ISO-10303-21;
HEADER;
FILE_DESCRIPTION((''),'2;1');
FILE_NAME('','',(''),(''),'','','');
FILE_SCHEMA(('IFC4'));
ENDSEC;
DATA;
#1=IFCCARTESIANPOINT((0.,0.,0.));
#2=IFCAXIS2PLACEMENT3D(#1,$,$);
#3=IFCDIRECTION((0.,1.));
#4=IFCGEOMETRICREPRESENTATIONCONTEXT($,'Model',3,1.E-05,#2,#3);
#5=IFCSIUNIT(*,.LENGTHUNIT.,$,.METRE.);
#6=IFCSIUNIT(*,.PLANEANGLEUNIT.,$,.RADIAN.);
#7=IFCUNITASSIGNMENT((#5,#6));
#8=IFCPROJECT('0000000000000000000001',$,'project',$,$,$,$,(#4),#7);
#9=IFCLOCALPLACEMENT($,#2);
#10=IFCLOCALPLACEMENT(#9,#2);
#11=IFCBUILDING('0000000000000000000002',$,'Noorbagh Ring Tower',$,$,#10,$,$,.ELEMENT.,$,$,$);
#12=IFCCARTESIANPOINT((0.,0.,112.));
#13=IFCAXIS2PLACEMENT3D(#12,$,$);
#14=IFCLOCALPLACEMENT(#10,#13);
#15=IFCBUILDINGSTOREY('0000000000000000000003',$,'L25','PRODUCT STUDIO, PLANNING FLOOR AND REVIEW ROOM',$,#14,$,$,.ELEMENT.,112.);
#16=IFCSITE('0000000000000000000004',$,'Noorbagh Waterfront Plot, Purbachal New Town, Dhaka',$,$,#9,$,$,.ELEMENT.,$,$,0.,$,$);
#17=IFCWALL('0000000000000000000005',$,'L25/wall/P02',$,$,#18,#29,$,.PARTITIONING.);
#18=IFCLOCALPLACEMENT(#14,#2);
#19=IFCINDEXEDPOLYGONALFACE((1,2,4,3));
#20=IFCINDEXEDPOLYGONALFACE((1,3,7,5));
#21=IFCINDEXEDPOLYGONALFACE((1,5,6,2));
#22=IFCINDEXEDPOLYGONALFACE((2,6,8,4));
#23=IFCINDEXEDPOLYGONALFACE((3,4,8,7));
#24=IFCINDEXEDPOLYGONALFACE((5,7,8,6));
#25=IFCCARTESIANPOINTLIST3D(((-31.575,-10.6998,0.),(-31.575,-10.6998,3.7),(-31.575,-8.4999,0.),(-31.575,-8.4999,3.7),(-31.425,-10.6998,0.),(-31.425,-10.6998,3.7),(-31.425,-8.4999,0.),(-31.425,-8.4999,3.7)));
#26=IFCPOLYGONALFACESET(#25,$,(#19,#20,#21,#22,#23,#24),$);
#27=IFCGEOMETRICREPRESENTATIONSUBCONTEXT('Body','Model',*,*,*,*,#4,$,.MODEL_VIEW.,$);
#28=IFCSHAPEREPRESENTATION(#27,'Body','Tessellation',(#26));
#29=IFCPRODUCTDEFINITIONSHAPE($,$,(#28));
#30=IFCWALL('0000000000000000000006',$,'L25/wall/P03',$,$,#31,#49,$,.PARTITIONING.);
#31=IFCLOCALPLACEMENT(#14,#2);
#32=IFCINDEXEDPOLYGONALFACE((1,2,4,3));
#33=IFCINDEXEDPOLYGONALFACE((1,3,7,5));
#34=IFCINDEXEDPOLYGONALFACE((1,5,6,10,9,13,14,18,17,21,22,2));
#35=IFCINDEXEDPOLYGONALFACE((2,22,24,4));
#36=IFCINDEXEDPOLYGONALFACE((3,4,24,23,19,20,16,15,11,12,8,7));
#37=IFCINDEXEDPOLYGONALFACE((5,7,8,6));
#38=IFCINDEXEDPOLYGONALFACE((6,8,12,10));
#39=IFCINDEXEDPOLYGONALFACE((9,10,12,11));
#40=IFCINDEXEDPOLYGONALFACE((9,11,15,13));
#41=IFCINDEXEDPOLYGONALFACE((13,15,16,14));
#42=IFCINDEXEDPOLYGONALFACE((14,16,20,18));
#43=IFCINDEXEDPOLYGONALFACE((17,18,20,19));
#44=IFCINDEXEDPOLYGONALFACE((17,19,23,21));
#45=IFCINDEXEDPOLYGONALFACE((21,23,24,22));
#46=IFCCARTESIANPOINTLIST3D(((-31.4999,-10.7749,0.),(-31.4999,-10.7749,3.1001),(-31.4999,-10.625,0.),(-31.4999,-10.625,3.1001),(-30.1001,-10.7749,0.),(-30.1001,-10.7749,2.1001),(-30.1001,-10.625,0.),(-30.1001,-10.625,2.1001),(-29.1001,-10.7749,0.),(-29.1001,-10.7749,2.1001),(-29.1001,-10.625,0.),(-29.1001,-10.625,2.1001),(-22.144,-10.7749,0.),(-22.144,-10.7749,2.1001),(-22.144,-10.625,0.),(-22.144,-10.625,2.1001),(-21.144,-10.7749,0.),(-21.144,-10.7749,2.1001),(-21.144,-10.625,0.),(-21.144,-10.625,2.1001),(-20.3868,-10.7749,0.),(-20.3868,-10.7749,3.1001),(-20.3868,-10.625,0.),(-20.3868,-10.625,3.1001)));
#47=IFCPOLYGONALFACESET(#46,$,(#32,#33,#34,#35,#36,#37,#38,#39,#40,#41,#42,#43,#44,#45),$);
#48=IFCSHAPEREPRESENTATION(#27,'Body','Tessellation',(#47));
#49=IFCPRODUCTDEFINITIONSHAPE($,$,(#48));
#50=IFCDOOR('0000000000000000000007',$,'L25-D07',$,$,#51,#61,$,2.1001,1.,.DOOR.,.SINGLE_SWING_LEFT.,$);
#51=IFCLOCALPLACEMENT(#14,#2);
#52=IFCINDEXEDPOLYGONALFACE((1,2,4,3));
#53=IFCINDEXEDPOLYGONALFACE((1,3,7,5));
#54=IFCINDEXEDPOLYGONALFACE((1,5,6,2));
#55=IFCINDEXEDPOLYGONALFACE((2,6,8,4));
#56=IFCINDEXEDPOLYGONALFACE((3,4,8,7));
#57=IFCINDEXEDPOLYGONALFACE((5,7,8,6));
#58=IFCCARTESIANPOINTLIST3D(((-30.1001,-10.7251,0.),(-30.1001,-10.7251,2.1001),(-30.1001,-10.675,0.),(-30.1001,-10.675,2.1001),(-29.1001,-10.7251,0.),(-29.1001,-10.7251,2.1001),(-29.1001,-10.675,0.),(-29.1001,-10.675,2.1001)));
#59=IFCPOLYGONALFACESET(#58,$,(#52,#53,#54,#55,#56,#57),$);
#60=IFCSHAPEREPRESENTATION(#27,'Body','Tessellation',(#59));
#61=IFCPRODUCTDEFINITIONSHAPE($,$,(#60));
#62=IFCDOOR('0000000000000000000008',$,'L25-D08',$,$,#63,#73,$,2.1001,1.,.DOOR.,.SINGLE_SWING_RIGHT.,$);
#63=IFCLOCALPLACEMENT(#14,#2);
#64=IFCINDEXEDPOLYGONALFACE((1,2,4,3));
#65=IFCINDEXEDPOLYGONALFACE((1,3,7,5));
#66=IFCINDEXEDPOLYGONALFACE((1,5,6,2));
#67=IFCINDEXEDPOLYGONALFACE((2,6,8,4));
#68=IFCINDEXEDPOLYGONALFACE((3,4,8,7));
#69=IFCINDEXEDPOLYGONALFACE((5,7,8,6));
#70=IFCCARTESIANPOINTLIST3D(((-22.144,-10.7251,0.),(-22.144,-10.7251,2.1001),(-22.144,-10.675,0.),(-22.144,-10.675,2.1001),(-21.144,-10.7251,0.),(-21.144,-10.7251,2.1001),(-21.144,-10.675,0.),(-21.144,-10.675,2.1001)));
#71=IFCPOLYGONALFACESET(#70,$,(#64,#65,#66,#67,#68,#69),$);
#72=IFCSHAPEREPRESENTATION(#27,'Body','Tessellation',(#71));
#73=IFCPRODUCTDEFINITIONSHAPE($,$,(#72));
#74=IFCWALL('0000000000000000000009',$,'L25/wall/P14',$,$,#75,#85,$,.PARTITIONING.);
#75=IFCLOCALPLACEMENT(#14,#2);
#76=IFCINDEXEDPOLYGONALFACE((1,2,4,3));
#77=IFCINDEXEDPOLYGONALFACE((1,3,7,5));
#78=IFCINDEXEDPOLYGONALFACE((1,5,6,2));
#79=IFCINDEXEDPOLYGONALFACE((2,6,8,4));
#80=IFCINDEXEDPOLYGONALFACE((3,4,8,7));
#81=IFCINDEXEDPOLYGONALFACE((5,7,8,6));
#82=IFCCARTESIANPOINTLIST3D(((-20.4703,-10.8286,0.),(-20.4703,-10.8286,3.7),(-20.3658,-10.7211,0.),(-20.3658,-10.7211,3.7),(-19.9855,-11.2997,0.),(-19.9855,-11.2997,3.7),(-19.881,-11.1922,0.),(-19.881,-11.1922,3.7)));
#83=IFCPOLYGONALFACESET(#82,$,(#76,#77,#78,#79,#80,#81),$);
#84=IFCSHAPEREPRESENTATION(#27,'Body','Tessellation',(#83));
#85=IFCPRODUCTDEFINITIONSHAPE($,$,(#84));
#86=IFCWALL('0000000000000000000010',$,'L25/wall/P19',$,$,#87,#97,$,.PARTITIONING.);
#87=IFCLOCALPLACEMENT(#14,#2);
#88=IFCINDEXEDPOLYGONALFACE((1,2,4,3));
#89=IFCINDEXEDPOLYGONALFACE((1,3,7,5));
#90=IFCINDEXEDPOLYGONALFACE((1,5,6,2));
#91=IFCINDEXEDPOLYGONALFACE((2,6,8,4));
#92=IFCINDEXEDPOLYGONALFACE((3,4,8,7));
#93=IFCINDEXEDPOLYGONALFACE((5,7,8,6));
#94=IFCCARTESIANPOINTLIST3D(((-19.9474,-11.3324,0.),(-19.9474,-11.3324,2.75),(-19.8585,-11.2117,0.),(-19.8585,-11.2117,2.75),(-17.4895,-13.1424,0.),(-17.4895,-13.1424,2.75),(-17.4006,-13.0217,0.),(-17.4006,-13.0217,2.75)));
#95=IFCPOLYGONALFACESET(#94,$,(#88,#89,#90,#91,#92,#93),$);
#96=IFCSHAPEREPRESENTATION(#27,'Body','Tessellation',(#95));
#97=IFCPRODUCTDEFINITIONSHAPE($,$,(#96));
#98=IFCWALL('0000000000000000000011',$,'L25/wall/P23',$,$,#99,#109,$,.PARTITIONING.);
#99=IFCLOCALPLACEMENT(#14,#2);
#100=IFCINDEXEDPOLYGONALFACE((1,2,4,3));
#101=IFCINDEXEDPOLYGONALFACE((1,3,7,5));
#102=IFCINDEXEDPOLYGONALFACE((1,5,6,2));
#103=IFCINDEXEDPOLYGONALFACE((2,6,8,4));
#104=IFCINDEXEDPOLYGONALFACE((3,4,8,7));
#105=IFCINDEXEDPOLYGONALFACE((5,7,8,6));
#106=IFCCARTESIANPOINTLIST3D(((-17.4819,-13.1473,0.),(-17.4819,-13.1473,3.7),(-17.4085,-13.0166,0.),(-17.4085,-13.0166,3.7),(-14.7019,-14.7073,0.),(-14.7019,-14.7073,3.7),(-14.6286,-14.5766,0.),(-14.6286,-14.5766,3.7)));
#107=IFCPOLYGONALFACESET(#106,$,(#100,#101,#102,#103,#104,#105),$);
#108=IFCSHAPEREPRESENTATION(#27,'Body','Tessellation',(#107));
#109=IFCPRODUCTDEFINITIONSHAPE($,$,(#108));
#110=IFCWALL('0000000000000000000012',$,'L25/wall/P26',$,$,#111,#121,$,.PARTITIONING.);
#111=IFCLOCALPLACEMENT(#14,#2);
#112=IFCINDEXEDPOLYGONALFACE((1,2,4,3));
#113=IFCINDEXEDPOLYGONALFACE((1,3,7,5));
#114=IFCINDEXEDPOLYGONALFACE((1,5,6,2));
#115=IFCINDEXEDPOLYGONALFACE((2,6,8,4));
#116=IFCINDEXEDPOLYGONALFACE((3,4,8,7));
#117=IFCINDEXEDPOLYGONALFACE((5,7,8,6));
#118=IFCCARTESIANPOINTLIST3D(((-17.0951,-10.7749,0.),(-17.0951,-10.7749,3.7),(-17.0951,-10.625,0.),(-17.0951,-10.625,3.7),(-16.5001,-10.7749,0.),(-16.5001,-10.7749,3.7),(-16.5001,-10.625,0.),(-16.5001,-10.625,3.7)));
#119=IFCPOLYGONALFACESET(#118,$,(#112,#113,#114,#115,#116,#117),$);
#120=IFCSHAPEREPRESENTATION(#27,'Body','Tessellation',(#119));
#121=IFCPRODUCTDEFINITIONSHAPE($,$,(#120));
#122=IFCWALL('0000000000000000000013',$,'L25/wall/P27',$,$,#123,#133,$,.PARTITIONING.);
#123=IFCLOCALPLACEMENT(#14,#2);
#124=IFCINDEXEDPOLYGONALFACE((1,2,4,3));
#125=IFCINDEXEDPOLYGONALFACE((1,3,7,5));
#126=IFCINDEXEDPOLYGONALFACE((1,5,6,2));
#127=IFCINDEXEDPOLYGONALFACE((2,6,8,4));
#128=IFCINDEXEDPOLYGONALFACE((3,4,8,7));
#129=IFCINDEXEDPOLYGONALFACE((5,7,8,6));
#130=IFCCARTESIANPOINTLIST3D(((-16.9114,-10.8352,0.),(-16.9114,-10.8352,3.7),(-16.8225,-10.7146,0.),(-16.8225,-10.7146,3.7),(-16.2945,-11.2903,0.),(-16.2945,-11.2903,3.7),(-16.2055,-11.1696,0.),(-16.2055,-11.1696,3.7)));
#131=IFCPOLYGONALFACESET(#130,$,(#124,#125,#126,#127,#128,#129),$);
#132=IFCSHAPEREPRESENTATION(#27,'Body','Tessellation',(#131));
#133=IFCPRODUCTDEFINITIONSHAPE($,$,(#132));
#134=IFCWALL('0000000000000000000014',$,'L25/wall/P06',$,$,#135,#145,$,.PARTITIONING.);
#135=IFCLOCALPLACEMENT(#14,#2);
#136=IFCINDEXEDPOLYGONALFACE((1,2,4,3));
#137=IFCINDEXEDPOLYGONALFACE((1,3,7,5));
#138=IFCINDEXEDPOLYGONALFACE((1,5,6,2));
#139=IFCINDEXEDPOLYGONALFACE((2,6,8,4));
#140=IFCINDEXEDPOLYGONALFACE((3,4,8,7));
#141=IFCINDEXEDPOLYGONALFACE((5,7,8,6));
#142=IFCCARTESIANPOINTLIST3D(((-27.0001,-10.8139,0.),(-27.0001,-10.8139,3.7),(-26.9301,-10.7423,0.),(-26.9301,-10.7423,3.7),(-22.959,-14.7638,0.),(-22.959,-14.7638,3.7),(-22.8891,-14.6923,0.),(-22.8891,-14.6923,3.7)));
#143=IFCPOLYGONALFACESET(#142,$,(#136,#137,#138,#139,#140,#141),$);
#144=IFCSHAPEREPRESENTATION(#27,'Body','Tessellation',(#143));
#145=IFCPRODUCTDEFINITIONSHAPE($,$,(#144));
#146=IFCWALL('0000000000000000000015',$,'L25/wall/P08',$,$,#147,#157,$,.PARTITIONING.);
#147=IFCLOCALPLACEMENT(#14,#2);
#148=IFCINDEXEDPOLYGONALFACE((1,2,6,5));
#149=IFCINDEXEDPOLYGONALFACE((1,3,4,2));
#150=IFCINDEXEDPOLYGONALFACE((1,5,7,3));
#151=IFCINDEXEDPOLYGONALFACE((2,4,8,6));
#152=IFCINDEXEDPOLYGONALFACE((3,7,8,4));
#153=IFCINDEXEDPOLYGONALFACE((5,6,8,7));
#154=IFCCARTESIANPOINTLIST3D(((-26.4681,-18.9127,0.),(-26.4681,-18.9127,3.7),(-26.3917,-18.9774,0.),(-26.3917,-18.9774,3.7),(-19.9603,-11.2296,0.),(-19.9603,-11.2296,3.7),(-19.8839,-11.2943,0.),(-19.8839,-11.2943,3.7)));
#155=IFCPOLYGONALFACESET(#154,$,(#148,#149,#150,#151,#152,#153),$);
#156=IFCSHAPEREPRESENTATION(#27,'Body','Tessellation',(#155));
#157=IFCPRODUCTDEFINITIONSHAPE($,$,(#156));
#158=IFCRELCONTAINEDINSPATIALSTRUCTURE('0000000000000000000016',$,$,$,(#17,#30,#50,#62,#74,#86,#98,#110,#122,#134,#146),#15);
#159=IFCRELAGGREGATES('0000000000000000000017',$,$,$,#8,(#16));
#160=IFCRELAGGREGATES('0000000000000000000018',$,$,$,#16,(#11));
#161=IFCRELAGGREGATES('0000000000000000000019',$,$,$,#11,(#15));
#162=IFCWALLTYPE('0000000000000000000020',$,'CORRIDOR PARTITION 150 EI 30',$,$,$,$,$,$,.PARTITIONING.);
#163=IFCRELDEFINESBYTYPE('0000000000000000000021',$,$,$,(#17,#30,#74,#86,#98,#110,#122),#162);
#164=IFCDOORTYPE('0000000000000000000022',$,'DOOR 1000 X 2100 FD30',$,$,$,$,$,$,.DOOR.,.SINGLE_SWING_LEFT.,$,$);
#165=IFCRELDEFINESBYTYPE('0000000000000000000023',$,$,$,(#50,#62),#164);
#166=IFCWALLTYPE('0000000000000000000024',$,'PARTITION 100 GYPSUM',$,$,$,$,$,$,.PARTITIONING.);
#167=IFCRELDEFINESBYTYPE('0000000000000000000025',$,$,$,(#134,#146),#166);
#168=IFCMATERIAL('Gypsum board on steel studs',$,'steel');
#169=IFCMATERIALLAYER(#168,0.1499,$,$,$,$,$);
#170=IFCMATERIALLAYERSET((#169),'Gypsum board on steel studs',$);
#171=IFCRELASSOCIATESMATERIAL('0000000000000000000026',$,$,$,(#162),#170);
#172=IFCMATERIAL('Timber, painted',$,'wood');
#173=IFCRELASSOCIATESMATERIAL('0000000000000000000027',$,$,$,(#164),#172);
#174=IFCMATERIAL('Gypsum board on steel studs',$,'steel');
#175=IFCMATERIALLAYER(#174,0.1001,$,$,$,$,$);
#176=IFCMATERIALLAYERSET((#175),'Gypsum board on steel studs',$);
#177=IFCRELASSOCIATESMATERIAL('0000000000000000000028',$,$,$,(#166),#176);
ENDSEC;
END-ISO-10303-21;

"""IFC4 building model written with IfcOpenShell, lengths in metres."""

from ifc_helpers import new_model, si_unit, direction, frame, frame_2d, origin, place, context, subcontext, project, spatial, rectangle, extrude, material, layer, layer_set, type_object, element, fill, save


model = new_model("IFC4")

# Units and contexts
model_context = context("Model", 3, precision=1e-05, world=origin(), true_north=direction((0.0, 1.0)))
body_context = subcontext(model_context, "Body", "Model", "MODEL_VIEW")
ifc_project = project(units=[si_unit("LENGTHUNIT", "METRE"), si_unit("PLANEANGLEUNIT", "RADIAN")], contexts=[model_context])

# Site, building, storey
site_placement = place(None, origin())
site = spatial("IfcSite", under=ifc_project, at=site_placement, Name="Noorbagh Waterfront Plot, Purbachal New Town, Dhaka", CompositionType="ELEMENT", RefElevation=0.0)
building_placement = place(site_placement, origin())
building = spatial("IfcBuilding", under=site, at=building_placement, Name="Noorbagh Ring Tower", CompositionType="ELEMENT")
storey_placement = place(building_placement, frame((0.0, 0.0, 112.0)))
storey = spatial("IfcBuildingStorey", under=building, at=storey_placement, Name="L25", Description="PRODUCT STUDIO, PLANNING FLOOR AND REVIEW ROOM", CompositionType="ELEMENT", Elevation=112.0)

# Wall
ifc_material_1 = material(Name="Gypsum board on steel studs", Category="steel")
ifc_layer_1 = layer(ifc_material_1, 0.1499)
ifc_layer_set_1 = layer_set([ifc_layer_1], Name="Gypsum board on steel studs")
wall_type_1 = type_object("IfcWallType", Name="CORRIDOR PARTITION 150 EI 30", PredefinedType="PARTITIONING", material=ifc_layer_set_1)
wall_1_placement = place(storey_placement, frame((-31.5, -10.7, 0.0), z_axis=(0.0, 0.0, 1.0), x_axis=(0.0, 1.0, 0.0)))
element("IfcWall", 1, at=wall_1_placement, inside=storey, type_object=wall_type_1, Name="L25/wall/P02", PredefinedType="PARTITIONING", context=body_context, shape_type="SweptSolid", body=[
    extrude(rectangle(XDim=2.2, YDim=0.1499, at=frame_2d((1.1001, 0.0))), origin(), (0.0, 0.0, 1.0), 3.7),
])

# Wall, openings, doors
wall_2_placement = place(storey_placement, frame((-31.5, -10.7, 0.0), z_axis=(0.0, 0.0, 1.0), x_axis=(1.0, 0.0, 0.0)))
wall_2 = element("IfcWall", 2, at=wall_2_placement, inside=storey, type_object=wall_type_1, Name="L25/wall/P03", PredefinedType="PARTITIONING", context=body_context, shape_type="SweptSolid", body=[
    extrude(rectangle(XDim=11.113, YDim=0.1499, at=frame_2d((5.5566, 0.0))), origin(), (0.0, 0.0, 1.0), 3.1001),
])
opening_1_placement = place(wall_2_placement, frame((1.3999, 0.0, 0.0)))
opening_1 = element("IfcOpeningElement", 3, at=opening_1_placement, cuts=wall_2, PredefinedType="OPENING", context=body_context, shape_type="SweptSolid", body=[
    extrude(rectangle(XDim=1.0, YDim=2.1001, at=frame_2d((0.5, 1.05))), frame((0.0, 0.085, 0.0), z_axis=(0.0, -1.0, 0.0), x_axis=(1.0, 0.0, 0.0)), (0.0, 0.0, 1.0), 0.1699),
])
opening_2_placement = place(wall_2_placement, frame((9.356, 0.0, 0.0)))
opening_2 = element("IfcOpeningElement", 4, at=opening_2_placement, cuts=wall_2, PredefinedType="OPENING", context=body_context, shape_type="SweptSolid", body=[
    extrude(rectangle(XDim=1.0, YDim=2.1001, at=frame_2d((0.5, 1.05))), frame((0.0, 0.085, 0.0), z_axis=(0.0, -1.0, 0.0), x_axis=(1.0, 0.0, 0.0)), (0.0, 0.0, 1.0), 0.1699),
])
ifc_material_2 = material(Name="Timber, painted", Category="wood")
door_type = type_object("IfcDoorType", Name="DOOR 1000 X 2100 FD30", OperationType="SINGLE_SWING_LEFT", PredefinedType="DOOR", material=ifc_material_2)
door_1_placement = place(opening_1_placement, origin())
door_1 = element("IfcDoor", 5, at=door_1_placement, inside=storey, type_object=door_type, Name="L25-D07", OperationType="SINGLE_SWING_LEFT", OverallHeight=2.1001, OverallWidth=1.0, PredefinedType="DOOR", context=body_context, shape_type="SweptSolid", body=[
    extrude(rectangle(XDim=1.0, YDim=2.1001, at=frame_2d((0.5, 1.05))), frame((0.0, 0.0249, 0.0), z_axis=(0.0, -1.0, 0.0), x_axis=(1.0, 0.0, 0.0)), (0.0, 0.0, 1.0), 0.05),
])
fill(opening_1, door_1)
door_2_placement = place(opening_2_placement, origin())
door_2 = element("IfcDoor", 6, at=door_2_placement, inside=storey, type_object=door_type, Name="L25-D08", OperationType="SINGLE_SWING_RIGHT", OverallHeight=2.1001, OverallWidth=1.0, PredefinedType="DOOR", context=body_context, shape_type="SweptSolid", body=[
    extrude(rectangle(XDim=1.0, YDim=2.1001, at=frame_2d((0.5, 1.05))), frame((0.0, 0.0249, 0.0), z_axis=(0.0, -1.0, 0.0), x_axis=(1.0, 0.0, 0.0)), (0.0, 0.0, 1.0), 0.05),
])
fill(opening_2, door_2)

# Walls
wall_3_placement = place(storey_placement, frame((-20.418, -10.7749, 0.0), z_axis=(0.0, 0.0, 1.0), x_axis=(0.717145, -0.696924, 0.0)))
element("IfcWall", 7, at=wall_3_placement, inside=storey, type_object=wall_type_1, Name="L25/wall/P14", PredefinedType="PARTITIONING", context=body_context, shape_type="SweptSolid", body=[
    extrude(rectangle(XDim=0.676, YDim=0.1499, at=frame_2d((0.3379, 0.0))), origin(), (0.0, 0.0, 1.0), 3.7),
])
wall_4_placement = place(storey_placement, frame((-19.9031, -11.272, 0.0), z_axis=(0.0, 0.0, 1.0), x_axis=(0.805229, -0.592964, 0.0)))
element("IfcWall", 8, at=wall_4_placement, inside=storey, type_object=wall_type_1, Name="L25/wall/P19", PredefinedType="PARTITIONING", context=body_context, shape_type="SweptSolid", body=[
    extrude(rectangle(XDim=3.0525, YDim=0.1499, at=frame_2d((1.5264, 0.0))), origin(), (0.0, 0.0, 1.0), 2.75),
])
wall_5_placement = place(storey_placement, frame((-17.4451, -13.082, 0.0), z_axis=(0.0, 0.0, 1.0), x_axis=(0.872072, -0.489377, 0.0)))
element("IfcWall", 9, at=wall_5_placement, inside=storey, type_object=wall_type_1, Name="L25/wall/P23", PredefinedType="PARTITIONING", context=body_context, shape_type="SweptSolid", body=[
    extrude(rectangle(XDim=3.1877, YDim=0.1499, at=frame_2d((1.5938, 0.0))), origin(), (0.0, 0.0, 1.0), 3.7),
])
wall_6_placement = place(storey_placement, frame((-17.095, -10.7, 0.0), z_axis=(0.0, 0.0, 1.0), x_axis=(1.0, 0.0, 0.0)))
element("IfcWall", 10, at=wall_6_placement, inside=storey, type_object=wall_type_1, Name="L25/wall/P26", PredefinedType="PARTITIONING", context=body_context, shape_type="SweptSolid", body=[
    extrude(rectangle(XDim=0.595, YDim=0.1499, at=frame_2d((0.2974, 0.0))), origin(), (0.0, 0.0, 1.0), 3.7),
])
wall_7_placement = place(storey_placement, frame((-16.8669, -10.7749, 0.0), z_axis=(0.0, 0.0, 1.0), x_axis=(0.804752, -0.593612, 0.0)))
element("IfcWall", 11, at=wall_7_placement, inside=storey, type_object=wall_type_1, Name="L25/wall/P27", PredefinedType="PARTITIONING", context=body_context, shape_type="SweptSolid", body=[
    extrude(rectangle(XDim=0.7666, YDim=0.1499, at=frame_2d((0.3833, 0.0))), origin(), (0.0, 0.0, 1.0), 3.7),
])
ifc_material_3 = material(Name="Gypsum board on steel studs", Category="steel")
ifc_layer_2 = layer(ifc_material_3, 0.1001)
ifc_layer_set_2 = layer_set([ifc_layer_2], Name="Gypsum board on steel studs")
wall_type_2 = type_object("IfcWallType", Name="PARTITION 100 GYPSUM", PredefinedType="PARTITIONING", material=ifc_layer_set_2)
wall_8_placement = place(storey_placement, frame((-26.9651, -10.7781, 0.0), z_axis=(0.0, 0.0, 1.0), x_axis=(0.715118, -0.699003, 0.0)))
element("IfcWall", 12, at=wall_8_placement, inside=storey, type_object=wall_type_2, Name="L25/wall/P06", PredefinedType="PARTITIONING", context=body_context, shape_type="SweptSolid", body=[
    extrude(rectangle(XDim=5.6509, YDim=0.1001, at=frame_2d((2.8254, 0.0))), origin(), (0.0, 0.0, 1.0), 3.7),
])
wall_9_placement = place(storey_placement, frame((-26.4299, -18.9451, 0.0), z_axis=(0.0, 0.0, 1.0), x_axis=(0.646331, 0.763057, 0.0)))
element("IfcWall", 13, at=wall_9_placement, inside=storey, type_object=wall_type_2, Name="L25/wall/P08", PredefinedType="PARTITIONING", context=body_context, shape_type="SweptSolid", body=[
    extrude(rectangle(XDim=10.0688, YDim=0.1001, at=frame_2d((5.0344, 0.0))), origin(), (0.0, 0.0, 1.0), 3.7),
])

save(model, "model.ifc")
